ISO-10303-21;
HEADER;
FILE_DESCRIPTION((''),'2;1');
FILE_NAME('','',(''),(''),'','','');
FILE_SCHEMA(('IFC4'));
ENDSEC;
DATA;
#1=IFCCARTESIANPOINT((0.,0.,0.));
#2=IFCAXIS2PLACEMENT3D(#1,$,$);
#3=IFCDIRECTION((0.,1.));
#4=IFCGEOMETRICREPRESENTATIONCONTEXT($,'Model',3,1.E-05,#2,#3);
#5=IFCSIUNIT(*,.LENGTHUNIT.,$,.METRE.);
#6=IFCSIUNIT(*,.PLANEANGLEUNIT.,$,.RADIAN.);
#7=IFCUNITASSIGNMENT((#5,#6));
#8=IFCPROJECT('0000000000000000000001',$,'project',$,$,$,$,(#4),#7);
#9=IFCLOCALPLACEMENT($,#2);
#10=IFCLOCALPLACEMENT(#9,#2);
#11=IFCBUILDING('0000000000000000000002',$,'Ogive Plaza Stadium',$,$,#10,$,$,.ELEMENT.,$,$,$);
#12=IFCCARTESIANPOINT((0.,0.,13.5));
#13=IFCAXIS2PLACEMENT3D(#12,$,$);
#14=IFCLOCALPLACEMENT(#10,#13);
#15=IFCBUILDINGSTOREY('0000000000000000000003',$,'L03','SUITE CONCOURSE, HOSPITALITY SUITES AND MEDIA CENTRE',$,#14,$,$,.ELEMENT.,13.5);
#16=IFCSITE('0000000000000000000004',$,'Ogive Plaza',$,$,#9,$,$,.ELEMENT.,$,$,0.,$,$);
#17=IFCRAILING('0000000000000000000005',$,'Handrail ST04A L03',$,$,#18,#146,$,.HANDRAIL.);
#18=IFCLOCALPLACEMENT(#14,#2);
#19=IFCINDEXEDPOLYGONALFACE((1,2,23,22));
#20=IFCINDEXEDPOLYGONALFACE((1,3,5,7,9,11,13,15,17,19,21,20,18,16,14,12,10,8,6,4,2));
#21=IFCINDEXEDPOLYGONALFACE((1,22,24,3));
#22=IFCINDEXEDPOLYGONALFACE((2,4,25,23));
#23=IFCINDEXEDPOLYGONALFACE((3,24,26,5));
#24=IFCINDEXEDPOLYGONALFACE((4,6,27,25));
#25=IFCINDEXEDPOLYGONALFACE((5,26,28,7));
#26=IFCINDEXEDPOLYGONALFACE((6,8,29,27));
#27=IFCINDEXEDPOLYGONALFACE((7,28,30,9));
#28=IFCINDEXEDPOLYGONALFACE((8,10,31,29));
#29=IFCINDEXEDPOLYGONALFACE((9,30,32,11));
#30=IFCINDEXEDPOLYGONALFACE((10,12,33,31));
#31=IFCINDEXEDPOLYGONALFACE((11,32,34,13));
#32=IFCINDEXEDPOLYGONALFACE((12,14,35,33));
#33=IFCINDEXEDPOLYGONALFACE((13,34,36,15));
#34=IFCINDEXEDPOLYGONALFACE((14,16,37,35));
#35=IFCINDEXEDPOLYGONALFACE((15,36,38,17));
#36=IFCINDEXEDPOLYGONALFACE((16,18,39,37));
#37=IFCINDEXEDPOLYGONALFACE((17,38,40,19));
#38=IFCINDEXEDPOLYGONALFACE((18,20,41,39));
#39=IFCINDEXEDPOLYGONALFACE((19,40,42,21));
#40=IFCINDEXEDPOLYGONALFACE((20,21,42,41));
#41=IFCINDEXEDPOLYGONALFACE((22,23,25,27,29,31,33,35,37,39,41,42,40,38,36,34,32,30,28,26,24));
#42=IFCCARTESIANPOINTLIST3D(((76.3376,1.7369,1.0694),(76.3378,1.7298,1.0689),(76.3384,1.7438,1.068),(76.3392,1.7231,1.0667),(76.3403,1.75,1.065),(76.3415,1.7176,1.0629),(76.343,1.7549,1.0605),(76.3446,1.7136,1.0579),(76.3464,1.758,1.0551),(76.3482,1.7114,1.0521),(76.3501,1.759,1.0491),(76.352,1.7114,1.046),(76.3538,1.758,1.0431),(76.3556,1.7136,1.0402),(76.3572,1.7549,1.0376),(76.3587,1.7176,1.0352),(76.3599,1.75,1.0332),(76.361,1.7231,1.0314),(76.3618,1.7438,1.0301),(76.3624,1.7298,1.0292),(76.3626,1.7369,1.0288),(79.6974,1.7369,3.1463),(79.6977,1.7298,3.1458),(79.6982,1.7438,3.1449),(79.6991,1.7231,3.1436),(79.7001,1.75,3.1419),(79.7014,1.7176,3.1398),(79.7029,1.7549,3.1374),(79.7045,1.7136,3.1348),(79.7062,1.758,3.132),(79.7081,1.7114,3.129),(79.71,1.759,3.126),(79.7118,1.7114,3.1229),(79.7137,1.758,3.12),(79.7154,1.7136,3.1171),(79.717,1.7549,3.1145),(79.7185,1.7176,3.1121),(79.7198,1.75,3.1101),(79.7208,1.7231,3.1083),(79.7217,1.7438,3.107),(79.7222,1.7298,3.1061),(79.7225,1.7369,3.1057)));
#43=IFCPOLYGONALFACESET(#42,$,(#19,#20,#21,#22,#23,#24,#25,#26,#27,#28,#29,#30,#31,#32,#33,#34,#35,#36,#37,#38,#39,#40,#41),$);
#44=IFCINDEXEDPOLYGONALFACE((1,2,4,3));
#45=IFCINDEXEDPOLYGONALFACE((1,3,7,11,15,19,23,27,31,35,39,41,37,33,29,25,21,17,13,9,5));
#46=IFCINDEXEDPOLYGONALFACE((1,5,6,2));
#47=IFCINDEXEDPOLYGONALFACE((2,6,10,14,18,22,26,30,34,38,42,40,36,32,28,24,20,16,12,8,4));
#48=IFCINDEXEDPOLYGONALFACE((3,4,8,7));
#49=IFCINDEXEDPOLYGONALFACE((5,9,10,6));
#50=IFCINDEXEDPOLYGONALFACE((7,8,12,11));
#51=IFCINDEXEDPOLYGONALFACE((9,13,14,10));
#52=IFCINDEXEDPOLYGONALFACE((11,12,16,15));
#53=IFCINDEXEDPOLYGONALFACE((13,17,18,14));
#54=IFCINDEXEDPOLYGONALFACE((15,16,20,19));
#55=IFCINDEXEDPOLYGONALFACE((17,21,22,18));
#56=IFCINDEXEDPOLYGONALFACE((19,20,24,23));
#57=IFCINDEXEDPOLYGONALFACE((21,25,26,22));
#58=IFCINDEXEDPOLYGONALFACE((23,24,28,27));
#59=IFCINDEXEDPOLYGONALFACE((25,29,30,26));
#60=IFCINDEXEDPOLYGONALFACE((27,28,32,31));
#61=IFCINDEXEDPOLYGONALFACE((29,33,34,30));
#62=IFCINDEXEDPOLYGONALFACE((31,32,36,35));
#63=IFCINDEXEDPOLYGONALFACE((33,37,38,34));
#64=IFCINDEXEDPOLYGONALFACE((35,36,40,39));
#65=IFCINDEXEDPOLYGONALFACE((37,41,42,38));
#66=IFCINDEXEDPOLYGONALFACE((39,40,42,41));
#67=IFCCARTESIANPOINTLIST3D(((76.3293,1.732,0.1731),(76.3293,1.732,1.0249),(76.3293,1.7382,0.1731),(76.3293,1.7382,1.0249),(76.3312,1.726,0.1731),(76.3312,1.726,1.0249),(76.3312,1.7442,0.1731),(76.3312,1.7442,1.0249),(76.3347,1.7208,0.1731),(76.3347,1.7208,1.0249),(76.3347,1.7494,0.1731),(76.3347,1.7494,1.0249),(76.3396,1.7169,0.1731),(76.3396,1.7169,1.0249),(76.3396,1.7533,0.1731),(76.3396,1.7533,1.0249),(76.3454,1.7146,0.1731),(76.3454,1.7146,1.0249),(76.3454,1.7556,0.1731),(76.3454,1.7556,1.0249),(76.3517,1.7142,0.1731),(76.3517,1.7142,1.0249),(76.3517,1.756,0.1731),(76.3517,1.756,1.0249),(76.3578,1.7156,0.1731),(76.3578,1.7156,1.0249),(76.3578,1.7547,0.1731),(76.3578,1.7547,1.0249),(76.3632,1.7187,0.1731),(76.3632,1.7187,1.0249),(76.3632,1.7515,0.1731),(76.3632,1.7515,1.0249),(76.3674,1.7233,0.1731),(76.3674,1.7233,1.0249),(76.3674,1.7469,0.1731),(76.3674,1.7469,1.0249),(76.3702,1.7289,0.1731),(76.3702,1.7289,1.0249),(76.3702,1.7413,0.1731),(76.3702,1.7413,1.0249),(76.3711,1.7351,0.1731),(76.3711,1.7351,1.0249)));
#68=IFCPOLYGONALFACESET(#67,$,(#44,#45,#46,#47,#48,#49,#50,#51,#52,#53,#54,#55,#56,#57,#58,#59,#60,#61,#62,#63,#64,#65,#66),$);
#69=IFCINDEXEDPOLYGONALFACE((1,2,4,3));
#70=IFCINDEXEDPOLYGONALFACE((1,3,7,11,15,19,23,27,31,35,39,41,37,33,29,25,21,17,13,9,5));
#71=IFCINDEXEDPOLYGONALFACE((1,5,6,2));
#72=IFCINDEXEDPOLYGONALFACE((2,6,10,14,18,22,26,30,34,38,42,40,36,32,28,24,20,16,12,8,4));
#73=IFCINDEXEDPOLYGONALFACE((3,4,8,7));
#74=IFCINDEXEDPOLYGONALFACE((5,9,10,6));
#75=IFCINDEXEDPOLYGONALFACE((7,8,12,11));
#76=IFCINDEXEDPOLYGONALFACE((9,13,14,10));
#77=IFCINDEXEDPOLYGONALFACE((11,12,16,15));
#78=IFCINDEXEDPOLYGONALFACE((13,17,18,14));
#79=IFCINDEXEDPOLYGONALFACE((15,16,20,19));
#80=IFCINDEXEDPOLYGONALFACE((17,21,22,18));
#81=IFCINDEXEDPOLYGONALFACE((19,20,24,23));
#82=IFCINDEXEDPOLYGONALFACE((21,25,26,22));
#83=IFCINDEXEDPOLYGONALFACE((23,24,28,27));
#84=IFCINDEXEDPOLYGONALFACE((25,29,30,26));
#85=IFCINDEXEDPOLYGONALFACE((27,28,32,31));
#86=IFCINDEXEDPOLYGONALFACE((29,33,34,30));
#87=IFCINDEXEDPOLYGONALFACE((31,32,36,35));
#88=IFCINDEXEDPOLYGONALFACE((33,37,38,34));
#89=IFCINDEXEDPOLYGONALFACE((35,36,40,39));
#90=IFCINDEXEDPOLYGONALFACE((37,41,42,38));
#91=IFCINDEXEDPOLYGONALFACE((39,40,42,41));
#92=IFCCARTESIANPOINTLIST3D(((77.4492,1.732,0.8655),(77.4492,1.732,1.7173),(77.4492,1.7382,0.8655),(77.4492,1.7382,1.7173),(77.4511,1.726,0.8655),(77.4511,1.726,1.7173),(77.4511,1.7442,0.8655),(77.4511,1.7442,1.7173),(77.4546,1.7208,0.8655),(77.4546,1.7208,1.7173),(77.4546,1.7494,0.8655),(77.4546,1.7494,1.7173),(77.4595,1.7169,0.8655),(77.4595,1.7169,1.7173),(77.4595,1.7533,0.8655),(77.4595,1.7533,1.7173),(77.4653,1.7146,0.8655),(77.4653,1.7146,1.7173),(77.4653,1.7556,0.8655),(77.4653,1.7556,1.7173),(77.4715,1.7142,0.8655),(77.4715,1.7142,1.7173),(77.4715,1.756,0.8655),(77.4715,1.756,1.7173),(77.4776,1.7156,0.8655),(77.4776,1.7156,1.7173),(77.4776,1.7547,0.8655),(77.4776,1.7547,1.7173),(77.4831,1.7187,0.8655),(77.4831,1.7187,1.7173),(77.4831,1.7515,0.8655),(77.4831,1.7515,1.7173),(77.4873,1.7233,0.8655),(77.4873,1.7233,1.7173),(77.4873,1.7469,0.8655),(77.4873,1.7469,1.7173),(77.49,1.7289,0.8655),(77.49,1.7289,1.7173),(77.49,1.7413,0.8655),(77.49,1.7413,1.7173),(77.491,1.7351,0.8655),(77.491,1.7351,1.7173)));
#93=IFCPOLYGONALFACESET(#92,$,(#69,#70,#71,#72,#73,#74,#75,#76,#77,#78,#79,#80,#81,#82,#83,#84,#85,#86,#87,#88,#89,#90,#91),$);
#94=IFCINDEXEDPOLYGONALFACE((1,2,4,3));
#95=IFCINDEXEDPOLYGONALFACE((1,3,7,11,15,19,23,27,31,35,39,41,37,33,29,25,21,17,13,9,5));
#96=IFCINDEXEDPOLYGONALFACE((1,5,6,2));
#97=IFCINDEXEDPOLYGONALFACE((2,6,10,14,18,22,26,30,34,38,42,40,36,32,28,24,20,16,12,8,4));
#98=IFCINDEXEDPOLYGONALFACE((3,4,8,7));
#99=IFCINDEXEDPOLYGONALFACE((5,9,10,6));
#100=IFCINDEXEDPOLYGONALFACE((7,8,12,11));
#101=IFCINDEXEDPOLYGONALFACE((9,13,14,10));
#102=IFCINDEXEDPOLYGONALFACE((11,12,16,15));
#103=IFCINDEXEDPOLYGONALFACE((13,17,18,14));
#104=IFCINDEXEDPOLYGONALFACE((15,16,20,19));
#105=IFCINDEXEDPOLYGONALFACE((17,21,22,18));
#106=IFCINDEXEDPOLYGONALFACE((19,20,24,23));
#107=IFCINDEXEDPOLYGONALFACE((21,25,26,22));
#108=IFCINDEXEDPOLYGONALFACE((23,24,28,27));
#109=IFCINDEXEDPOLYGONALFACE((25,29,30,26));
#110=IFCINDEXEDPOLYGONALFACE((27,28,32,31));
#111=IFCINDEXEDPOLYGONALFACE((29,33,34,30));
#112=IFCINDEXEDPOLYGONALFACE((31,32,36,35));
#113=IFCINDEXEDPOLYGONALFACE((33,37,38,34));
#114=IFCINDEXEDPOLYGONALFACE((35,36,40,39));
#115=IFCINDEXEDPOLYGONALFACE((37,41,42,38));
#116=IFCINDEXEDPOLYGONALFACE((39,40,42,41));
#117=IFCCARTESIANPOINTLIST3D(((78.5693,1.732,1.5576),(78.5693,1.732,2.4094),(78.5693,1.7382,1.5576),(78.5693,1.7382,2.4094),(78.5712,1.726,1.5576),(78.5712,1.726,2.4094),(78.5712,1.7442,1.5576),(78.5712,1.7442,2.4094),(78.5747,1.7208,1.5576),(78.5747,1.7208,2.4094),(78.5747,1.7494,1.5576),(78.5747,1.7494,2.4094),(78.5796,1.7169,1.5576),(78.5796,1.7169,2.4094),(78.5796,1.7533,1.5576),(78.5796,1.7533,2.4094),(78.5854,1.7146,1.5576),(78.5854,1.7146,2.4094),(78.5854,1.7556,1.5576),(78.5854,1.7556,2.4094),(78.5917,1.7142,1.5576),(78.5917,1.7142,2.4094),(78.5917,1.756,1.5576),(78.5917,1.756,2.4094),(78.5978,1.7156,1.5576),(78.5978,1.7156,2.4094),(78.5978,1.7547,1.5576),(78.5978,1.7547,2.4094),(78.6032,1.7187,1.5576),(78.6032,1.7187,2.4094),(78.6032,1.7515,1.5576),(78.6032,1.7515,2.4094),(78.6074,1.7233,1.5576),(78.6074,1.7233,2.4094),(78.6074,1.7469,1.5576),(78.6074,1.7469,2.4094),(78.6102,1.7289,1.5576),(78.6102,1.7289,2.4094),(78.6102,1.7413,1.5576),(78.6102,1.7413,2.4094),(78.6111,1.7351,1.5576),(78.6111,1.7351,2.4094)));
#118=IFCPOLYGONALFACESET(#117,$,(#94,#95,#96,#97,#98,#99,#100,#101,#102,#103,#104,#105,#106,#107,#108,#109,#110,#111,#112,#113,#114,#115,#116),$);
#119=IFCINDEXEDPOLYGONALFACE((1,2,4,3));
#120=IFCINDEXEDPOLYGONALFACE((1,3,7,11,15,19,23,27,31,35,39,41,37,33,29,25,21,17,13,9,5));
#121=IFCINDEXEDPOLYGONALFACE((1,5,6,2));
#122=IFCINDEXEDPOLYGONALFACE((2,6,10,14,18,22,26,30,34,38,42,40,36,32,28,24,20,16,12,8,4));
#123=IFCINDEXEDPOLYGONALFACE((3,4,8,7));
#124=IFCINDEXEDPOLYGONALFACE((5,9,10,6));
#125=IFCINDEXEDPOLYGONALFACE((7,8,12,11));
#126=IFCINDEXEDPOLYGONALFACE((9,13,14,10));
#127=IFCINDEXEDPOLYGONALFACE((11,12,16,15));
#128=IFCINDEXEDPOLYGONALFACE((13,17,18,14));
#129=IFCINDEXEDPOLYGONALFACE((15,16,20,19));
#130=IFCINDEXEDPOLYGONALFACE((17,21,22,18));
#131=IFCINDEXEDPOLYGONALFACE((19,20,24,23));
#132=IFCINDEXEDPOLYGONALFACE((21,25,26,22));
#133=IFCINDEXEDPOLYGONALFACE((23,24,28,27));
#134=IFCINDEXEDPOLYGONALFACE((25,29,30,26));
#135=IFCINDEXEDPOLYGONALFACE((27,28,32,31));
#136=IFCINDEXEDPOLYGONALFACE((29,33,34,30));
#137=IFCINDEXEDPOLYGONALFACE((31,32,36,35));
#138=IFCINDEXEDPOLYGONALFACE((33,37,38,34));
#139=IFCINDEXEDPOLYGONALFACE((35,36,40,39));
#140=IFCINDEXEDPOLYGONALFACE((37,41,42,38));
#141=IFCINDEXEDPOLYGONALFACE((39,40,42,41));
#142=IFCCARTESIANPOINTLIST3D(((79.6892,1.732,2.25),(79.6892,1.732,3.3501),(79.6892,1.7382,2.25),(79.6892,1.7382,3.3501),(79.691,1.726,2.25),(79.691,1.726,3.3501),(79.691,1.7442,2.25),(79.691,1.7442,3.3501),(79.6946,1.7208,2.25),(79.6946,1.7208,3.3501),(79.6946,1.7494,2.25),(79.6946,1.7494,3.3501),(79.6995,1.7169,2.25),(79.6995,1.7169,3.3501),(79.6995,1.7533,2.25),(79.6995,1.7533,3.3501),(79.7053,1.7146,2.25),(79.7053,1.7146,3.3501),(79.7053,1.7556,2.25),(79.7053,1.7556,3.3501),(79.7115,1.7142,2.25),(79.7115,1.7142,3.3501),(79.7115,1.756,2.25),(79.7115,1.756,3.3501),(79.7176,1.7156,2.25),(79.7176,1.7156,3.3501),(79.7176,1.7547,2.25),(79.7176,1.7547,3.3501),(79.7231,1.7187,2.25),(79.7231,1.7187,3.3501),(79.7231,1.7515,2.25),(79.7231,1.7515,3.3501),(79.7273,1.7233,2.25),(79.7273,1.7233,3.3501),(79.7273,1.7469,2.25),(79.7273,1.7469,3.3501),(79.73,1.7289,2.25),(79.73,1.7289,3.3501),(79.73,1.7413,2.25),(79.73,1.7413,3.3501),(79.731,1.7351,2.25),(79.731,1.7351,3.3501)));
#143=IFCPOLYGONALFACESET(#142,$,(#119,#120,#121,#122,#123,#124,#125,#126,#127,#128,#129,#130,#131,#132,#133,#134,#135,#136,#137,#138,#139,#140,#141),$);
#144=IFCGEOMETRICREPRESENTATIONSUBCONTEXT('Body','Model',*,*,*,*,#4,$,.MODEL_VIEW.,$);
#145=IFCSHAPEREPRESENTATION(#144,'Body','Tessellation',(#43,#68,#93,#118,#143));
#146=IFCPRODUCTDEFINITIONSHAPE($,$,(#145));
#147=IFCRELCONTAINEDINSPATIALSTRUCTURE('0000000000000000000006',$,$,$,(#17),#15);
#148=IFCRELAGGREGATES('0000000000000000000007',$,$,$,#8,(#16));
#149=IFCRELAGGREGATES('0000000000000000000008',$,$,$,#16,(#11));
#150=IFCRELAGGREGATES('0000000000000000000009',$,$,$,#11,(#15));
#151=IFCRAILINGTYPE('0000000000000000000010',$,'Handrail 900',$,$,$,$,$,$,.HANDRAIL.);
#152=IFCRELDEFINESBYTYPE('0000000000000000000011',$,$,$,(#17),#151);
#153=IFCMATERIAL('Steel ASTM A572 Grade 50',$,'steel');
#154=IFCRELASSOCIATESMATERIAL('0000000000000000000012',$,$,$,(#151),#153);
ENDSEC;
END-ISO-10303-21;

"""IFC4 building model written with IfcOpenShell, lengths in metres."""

from ifc_helpers import new_model, si_unit, direction, frame, origin, origin_2d, place, context, subcontext, project, spatial, circle, extrude, material, type_object, element, save


model = new_model("IFC4")

# Units and contexts
model_context = context("Model", 3, precision=1e-05, world=origin(), true_north=direction((0.0, 1.0)))
body_context = subcontext(model_context, "Body", "Model", "MODEL_VIEW")
ifc_project = project(units=[si_unit("LENGTHUNIT", "METRE"), si_unit("PLANEANGLEUNIT", "RADIAN")], contexts=[model_context])

# Site, building, storey
site_placement = place(None, origin())
site = spatial("IfcSite", under=ifc_project, at=site_placement, Name="Ogive Plaza", CompositionType="ELEMENT", RefElevation=0.0)
building_placement = place(site_placement, origin())
building = spatial("IfcBuilding", under=site, at=building_placement, Name="Ogive Plaza Stadium", CompositionType="ELEMENT")
storey_placement = place(building_placement, frame((0.0, 0.0, 13.5)))
storey = spatial("IfcBuildingStorey", under=building, at=storey_placement, Name="L03", Description="SUITE CONCOURSE, HOSPITALITY SUITES AND MEDIA CENTRE", CompositionType="ELEMENT", Elevation=13.5)

# Railing
ifc_material_1 = material(Name="Steel ASTM A572 Grade 50", Category="steel")
railing_type_1 = type_object("IfcRailingType", Name="Handrail 900", PredefinedType="HANDRAIL", material=ifc_material_1)
for number, where, name in (
    (1, (76.3501, 1.7351, 0.1731), "Handrail ST04A L03"),
):
    element("IfcRailing", number, at=place(storey_placement, frame(where)), inside=storey, type_object=railing_type_1, Name=name, PredefinedType="HANDRAIL", context=body_context, shape_type="SweptSolid", body=[
        extrude(circle(Radius=0.0239, at=origin_2d()), frame((0.0, 0.0, 0.876), z_axis=(0.850606, 0.0, 0.525803), x_axis=(0.0, 1.0, 0.0)), (0.0, 0.0, 1.0), 3.95),
        extrude(circle(Radius=0.021, at=origin_2d()), origin(), (0.0, 0.0, 1.0), 0.8518),
        extrude(circle(Radius=0.021, at=origin_2d()), frame((1.1199, 0.0, 0.6924)), (0.0, 0.0, 1.0), 0.8518),
        extrude(circle(Radius=0.021, at=origin_2d()), frame((2.24, 0.0, 1.3845)), (0.0, 0.0, 1.0), 0.8518),
        extrude(circle(Radius=0.021, at=origin_2d()), frame((3.3599, 0.0, 2.0769)), (0.0, 0.0, 1.0), 1.1001),
    ])

save(model, "model.ifc")
